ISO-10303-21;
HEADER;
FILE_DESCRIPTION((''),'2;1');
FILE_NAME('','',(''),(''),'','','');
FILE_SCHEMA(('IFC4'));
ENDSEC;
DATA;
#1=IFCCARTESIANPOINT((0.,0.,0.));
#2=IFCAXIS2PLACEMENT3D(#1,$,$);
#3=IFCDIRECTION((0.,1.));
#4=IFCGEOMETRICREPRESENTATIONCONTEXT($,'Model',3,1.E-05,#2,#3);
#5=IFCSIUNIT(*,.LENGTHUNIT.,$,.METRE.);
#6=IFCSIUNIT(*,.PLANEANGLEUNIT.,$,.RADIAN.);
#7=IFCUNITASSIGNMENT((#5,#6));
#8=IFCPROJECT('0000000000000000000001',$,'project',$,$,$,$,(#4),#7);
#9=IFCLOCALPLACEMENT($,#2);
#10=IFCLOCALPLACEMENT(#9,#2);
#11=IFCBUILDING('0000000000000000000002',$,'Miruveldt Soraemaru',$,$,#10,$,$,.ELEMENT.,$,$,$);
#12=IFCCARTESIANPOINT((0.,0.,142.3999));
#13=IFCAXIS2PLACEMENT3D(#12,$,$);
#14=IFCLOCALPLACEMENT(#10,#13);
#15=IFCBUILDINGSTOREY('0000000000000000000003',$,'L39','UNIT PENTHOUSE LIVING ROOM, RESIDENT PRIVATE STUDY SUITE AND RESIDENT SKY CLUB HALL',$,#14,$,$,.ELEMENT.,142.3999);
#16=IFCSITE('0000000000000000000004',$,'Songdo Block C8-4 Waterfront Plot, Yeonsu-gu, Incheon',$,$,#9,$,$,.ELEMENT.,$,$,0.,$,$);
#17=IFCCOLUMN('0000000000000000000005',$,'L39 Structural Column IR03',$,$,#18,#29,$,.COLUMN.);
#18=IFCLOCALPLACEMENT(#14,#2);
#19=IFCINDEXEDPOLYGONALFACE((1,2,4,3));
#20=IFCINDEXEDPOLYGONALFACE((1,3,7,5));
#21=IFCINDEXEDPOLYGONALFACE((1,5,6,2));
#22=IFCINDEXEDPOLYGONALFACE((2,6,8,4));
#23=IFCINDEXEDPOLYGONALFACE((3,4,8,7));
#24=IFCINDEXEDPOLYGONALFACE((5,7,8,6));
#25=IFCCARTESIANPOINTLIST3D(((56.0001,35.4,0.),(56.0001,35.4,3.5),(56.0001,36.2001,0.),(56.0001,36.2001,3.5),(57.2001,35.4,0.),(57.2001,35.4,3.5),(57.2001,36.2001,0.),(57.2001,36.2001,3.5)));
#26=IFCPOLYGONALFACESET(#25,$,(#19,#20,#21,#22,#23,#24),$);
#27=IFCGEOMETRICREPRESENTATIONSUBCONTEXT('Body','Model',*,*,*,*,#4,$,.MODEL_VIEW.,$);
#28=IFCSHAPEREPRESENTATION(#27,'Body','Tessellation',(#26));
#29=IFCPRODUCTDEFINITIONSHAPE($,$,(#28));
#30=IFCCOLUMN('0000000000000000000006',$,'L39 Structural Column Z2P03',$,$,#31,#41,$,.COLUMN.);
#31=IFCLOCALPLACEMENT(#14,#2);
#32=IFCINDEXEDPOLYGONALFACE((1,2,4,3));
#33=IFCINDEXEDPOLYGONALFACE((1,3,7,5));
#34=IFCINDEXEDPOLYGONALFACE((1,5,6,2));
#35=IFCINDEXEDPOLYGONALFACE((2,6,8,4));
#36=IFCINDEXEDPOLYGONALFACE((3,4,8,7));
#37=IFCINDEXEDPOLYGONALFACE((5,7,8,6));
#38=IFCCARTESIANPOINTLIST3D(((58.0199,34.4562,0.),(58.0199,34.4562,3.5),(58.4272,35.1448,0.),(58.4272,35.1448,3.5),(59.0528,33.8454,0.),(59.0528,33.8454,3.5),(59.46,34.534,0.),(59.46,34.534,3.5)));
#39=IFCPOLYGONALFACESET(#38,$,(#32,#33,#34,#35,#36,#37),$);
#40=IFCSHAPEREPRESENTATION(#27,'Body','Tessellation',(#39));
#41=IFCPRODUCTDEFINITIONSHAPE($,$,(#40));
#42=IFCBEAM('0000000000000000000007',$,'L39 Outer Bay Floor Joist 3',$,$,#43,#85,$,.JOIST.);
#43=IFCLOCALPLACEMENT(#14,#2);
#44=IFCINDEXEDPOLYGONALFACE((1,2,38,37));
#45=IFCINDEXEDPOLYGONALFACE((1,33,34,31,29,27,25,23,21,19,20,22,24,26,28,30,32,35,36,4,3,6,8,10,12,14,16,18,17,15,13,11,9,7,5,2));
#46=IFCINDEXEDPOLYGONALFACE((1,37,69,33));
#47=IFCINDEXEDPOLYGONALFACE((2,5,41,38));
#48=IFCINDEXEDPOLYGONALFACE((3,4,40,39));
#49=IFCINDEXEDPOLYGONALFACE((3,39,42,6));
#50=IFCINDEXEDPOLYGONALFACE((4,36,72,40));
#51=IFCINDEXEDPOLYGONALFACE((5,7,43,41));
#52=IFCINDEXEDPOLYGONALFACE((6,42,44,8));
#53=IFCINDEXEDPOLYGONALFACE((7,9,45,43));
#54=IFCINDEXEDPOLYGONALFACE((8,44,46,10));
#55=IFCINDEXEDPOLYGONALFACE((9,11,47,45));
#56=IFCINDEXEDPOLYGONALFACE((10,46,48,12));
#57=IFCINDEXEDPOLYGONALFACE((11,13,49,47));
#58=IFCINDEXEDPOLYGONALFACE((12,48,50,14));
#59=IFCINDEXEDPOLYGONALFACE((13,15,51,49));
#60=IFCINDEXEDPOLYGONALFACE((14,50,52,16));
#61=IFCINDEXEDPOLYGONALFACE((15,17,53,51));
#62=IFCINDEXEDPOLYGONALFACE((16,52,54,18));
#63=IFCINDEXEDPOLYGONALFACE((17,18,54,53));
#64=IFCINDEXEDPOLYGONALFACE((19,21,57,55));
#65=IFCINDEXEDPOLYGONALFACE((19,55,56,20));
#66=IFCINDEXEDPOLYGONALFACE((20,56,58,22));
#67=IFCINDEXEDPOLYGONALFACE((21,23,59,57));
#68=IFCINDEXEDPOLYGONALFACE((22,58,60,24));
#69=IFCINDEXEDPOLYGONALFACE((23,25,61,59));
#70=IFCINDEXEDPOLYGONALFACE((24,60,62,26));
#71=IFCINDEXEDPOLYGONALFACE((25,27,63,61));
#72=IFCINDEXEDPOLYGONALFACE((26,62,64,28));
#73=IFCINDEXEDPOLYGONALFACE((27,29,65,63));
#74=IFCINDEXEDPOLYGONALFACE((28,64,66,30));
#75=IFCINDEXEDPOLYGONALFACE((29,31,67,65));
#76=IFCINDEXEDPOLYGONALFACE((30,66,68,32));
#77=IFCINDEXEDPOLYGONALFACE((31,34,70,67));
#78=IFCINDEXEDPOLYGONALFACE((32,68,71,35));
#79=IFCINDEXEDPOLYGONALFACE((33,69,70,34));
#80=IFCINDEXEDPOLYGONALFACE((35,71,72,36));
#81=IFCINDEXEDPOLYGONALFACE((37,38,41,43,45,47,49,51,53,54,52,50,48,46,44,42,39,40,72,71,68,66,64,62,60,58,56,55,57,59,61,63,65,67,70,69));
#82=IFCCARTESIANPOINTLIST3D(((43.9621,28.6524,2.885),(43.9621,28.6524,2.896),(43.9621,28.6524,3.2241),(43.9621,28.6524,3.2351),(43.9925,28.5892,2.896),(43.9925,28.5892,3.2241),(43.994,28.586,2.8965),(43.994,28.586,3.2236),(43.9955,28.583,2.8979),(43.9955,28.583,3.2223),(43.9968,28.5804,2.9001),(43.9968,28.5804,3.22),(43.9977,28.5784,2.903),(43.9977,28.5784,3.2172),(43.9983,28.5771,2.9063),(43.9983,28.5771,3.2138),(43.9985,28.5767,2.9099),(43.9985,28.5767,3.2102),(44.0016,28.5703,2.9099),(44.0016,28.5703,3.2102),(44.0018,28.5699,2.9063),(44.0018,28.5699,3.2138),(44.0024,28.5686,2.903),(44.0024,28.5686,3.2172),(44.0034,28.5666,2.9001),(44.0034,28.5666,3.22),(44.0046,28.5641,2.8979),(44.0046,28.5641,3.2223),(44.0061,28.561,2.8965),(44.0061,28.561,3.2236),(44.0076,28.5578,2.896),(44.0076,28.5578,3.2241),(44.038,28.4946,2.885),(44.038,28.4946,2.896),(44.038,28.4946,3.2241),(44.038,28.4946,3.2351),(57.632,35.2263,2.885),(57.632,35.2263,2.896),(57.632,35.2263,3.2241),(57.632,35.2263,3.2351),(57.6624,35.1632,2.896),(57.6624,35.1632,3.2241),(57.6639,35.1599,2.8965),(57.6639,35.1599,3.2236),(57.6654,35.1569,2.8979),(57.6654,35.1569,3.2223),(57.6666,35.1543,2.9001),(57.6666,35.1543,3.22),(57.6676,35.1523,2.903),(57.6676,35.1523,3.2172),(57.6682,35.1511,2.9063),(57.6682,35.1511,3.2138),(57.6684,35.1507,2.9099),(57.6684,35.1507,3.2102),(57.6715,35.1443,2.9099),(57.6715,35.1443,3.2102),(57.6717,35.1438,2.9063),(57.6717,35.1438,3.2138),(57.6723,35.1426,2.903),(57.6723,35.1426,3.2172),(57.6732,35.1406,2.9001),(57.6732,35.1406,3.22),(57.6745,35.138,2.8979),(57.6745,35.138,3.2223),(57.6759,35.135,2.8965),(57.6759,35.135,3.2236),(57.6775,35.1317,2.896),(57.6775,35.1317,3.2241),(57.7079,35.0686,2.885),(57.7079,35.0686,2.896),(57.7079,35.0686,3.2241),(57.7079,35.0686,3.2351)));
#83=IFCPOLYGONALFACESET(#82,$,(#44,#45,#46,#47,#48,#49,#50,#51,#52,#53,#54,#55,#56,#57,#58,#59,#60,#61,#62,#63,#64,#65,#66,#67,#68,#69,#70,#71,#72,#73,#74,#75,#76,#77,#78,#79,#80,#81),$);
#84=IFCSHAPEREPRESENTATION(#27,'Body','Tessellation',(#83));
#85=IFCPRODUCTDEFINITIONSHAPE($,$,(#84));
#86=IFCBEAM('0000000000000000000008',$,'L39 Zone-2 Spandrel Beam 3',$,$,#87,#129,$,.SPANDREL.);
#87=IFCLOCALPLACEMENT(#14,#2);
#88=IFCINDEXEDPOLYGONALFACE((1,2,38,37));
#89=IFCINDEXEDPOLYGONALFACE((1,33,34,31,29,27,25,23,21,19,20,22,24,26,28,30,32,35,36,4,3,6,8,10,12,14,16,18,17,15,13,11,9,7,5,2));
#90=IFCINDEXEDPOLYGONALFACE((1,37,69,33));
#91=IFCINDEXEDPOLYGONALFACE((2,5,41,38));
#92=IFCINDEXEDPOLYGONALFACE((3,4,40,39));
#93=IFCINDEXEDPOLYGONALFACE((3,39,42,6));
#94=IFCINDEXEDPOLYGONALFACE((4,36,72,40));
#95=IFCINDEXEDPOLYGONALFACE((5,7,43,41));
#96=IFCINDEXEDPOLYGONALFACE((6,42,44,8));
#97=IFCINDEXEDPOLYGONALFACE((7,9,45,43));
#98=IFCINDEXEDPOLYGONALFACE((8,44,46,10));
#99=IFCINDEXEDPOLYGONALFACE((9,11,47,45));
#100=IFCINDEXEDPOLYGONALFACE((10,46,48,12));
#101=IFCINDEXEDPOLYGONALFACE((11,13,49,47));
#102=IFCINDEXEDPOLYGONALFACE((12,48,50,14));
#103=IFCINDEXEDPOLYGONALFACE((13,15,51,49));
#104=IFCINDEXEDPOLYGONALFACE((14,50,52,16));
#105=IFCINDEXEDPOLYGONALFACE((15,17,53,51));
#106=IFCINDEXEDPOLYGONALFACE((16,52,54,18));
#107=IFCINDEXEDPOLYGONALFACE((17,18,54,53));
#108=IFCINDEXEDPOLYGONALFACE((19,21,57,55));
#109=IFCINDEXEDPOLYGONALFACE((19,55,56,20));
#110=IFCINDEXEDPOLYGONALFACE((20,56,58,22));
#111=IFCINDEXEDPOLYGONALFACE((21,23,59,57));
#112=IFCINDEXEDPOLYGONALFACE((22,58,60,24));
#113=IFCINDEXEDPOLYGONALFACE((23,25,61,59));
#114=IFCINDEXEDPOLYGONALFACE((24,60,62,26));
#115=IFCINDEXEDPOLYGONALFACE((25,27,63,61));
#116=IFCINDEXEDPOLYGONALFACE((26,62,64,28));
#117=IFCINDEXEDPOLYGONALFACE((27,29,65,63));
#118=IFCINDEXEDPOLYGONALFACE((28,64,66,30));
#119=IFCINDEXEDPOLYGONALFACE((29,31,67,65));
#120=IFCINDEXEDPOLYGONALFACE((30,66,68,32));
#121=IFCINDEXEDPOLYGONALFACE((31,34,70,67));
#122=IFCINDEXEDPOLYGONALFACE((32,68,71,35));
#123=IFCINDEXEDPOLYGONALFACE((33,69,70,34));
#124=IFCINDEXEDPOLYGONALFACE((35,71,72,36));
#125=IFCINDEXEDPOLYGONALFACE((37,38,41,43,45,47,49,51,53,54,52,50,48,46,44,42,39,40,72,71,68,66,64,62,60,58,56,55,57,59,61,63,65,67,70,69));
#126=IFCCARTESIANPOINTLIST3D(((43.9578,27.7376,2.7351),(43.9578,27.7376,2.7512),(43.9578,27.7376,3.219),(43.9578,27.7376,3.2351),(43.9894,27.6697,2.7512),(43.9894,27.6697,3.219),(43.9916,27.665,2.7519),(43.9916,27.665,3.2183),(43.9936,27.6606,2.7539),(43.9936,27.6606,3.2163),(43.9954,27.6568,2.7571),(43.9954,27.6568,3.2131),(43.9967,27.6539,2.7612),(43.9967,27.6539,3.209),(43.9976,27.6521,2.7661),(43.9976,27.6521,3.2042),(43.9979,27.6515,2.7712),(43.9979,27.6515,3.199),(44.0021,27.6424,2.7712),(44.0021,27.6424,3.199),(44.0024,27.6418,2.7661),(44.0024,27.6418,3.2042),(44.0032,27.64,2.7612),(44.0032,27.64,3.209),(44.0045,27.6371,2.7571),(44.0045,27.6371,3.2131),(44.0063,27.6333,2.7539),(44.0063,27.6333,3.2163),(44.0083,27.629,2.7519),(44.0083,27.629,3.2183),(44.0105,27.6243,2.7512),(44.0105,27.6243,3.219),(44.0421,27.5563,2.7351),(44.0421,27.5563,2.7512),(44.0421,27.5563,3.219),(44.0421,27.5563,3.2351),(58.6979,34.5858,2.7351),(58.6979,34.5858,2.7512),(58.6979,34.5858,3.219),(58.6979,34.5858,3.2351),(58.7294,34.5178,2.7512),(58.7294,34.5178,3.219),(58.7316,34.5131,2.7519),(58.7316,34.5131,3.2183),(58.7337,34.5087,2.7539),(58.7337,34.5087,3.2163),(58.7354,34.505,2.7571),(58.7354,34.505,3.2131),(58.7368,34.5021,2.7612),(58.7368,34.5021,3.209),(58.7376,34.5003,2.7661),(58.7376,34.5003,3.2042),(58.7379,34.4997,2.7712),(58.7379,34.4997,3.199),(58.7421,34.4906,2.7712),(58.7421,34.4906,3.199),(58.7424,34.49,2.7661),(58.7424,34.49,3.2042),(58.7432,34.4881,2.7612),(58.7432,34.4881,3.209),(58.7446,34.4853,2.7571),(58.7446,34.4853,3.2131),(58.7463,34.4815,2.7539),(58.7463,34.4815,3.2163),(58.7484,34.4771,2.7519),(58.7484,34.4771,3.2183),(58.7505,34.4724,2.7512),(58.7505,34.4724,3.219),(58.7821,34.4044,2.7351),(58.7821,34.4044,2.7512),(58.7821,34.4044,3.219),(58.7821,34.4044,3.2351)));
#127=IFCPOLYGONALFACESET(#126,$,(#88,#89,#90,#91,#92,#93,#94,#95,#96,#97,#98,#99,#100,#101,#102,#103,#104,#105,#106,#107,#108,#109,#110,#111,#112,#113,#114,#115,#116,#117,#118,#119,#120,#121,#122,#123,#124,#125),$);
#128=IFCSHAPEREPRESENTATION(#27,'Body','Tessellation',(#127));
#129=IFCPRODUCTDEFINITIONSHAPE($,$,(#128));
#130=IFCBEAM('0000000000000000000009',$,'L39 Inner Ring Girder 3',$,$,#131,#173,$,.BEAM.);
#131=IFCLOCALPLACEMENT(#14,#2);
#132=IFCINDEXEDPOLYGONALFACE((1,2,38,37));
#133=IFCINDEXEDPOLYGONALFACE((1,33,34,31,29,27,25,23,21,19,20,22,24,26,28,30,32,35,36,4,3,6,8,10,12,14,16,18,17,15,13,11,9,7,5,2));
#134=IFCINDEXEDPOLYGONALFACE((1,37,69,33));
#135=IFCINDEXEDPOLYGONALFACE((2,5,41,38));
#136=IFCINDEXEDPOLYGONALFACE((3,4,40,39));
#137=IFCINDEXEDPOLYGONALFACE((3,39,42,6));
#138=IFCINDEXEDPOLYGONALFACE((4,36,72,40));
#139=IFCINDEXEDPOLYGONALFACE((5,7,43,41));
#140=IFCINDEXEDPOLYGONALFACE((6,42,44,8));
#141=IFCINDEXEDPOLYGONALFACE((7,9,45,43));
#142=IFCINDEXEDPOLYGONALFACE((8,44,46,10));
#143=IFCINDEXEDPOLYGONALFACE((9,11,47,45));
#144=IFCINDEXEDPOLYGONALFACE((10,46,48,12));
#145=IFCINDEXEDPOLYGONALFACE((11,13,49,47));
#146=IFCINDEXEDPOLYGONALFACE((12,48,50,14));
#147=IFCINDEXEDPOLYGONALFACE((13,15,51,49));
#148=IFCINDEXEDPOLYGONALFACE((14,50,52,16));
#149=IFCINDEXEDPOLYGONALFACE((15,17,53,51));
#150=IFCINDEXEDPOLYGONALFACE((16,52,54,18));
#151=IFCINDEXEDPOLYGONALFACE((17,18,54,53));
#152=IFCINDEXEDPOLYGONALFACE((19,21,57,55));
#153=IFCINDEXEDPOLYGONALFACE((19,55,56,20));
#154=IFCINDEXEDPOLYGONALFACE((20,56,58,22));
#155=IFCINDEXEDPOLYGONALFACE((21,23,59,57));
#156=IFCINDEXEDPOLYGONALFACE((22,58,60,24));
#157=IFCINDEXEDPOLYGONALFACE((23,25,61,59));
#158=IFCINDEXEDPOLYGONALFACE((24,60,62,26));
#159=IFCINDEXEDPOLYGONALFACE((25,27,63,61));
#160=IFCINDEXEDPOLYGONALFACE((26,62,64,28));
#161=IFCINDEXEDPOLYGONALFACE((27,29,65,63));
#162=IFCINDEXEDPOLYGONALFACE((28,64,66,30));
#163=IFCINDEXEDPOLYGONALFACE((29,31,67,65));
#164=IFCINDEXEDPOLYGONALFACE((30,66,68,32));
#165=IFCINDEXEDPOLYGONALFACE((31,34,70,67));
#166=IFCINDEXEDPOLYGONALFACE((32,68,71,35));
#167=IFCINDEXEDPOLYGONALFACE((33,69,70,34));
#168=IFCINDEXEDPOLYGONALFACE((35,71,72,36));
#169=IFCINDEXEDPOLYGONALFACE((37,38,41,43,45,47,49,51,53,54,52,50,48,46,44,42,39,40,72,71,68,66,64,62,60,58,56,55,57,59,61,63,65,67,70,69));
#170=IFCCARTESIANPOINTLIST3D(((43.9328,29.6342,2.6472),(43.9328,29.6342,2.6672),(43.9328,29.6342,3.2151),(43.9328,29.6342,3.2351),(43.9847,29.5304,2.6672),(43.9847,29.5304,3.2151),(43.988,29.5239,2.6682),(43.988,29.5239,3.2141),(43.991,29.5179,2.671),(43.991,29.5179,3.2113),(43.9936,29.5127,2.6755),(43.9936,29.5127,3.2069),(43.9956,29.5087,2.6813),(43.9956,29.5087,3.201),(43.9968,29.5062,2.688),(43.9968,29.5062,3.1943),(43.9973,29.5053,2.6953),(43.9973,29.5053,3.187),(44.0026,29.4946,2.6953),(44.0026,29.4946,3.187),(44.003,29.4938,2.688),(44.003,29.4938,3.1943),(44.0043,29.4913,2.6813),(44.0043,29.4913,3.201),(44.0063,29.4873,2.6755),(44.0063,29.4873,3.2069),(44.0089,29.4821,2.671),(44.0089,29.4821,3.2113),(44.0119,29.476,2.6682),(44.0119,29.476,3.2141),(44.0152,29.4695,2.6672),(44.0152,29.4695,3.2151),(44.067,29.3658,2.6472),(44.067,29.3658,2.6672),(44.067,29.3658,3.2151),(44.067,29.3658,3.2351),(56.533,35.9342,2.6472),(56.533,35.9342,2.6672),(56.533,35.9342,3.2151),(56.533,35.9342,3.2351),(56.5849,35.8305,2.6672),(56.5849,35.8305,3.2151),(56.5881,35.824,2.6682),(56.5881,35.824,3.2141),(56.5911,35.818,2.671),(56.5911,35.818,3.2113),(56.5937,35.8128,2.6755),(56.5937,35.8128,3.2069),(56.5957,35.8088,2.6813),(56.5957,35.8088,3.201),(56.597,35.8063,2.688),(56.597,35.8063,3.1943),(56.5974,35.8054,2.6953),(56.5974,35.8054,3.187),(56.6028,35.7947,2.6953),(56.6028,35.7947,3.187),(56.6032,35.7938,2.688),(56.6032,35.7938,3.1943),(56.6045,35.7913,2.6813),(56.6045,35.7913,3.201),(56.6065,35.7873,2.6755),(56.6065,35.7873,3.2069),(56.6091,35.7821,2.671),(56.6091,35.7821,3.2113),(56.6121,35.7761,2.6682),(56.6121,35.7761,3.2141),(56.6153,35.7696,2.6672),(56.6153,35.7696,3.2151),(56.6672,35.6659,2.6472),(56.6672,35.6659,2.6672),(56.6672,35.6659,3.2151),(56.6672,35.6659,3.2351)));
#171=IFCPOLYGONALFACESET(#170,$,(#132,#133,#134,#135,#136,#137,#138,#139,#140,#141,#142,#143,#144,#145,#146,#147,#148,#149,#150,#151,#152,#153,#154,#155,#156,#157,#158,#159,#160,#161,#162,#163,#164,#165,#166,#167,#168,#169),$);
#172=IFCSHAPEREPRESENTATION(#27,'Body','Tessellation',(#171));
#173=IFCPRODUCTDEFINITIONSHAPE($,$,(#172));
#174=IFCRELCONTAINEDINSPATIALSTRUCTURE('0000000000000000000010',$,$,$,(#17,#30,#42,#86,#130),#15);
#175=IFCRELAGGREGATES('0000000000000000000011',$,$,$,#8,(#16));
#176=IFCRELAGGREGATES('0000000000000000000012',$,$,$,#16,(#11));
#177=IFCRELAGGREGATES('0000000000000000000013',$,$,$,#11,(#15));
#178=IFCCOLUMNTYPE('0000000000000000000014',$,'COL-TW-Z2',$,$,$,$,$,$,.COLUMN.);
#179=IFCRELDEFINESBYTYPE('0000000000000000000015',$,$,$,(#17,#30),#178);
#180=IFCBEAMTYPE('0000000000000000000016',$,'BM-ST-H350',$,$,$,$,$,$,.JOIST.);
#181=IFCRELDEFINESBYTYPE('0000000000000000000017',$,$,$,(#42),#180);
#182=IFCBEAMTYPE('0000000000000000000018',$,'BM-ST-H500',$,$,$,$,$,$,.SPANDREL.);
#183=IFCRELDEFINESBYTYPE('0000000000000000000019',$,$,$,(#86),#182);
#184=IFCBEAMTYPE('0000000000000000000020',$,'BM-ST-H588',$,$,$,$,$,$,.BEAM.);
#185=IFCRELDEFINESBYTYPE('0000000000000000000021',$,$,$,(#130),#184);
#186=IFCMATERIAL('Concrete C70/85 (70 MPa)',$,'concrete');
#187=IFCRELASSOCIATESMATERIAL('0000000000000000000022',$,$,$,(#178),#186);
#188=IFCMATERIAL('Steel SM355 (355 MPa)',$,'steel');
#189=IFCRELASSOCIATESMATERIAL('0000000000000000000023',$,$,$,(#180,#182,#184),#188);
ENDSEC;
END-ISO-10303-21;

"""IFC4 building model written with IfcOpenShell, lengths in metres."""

from ifc_helpers import new_model, si_unit, direction, frame, origin, origin_2d, place, context, subcontext, project, spatial, rectangle, i_section, extrude, material, material_profile, profile_set, type_object, element, save


model = new_model("IFC4")

# Units and contexts
model_context = context("Model", 3, precision=1e-05, world=origin(), true_north=direction((0.0, 1.0)))
body_context = subcontext(model_context, "Body", "Model", "MODEL_VIEW")
ifc_project = project(units=[si_unit("LENGTHUNIT", "METRE"), si_unit("PLANEANGLEUNIT", "RADIAN")], contexts=[model_context])

# Site, building, storey
site_placement = place(None, origin())
site = spatial("IfcSite", under=ifc_project, at=site_placement, Name="Songdo Block C8-4 Waterfront Plot, Yeonsu-gu, Incheon", CompositionType="ELEMENT", RefElevation=0.0)
building_placement = place(site_placement, origin())
building = spatial("IfcBuilding", under=site, at=building_placement, Name="Miruveldt Soraemaru", CompositionType="ELEMENT")
storey_placement = place(building_placement, frame((0.0, 0.0, 142.3999)))
storey = spatial("IfcBuildingStorey", under=building, at=storey_placement, Name="L39", Description="UNIT PENTHOUSE LIVING ROOM, RESIDENT PRIVATE STUDY SUITE AND RESIDENT SKY CLUB HALL", CompositionType="ELEMENT", Elevation=142.3999)

# Columns
ifc_material_1 = material(Name="Concrete C70/85 (70 MPa)", Category="concrete")
ifc_material_profile_1 = material_profile(ifc_material_1, rectangle(XDim=1.2, YDim=0.8, at=origin_2d()), Name="Concrete C70/85 (70 MPa)", Category="concrete")
ifc_profile_set_1 = profile_set([ifc_material_profile_1], Name="Concrete C70/85 (70 MPa)")
column_type = type_object("IfcColumnType", Name="COL-TW-Z2", PredefinedType="COLUMN", material=ifc_profile_set_1)
for number, where, z_axis, x_axis, name in (
    (1, (56.6001, 35.8, 0.0), (0.0, 0.0, 1.0), (1.0, 0.0, 0.0), "L39 Structural Column IR03"),
    (2, (58.74, 34.4951, 0.0), (0.0, 0.0, 1.0), (-0.860742, 0.509041, 0.0), "L39 Structural Column Z2P03"),
):
    element("IfcColumn", number, at=place(storey_placement, frame(where, z_axis=z_axis, x_axis=x_axis)), inside=storey, type_object=column_type, Name=name, PredefinedType="COLUMN", context=body_context, shape_type="SweptSolid", body=[
        extrude(rectangle(XDim=1.2, YDim=0.8, at=origin_2d()), origin(), (0.0, 0.0, 1.0), 3.5),
    ])

# Beams
ifc_material_2 = material(Name="Steel SM355 (355 MPa)", Category="steel")
ifc_material_profile_2 = material_profile(ifc_material_2, i_section(OverallWidth=0.175, OverallDepth=0.3501, WebThickness=0.0071, FlangeThickness=0.011, FilletRadius=0.0139, at=origin_2d()), Name="Steel SM355 (355 MPa)", Category="steel")
ifc_profile_set_2 = profile_set([ifc_material_profile_2], Name="Steel SM355 (355 MPa)")
beam_type_1 = type_object("IfcBeamType", Name="BM-ST-H350", PredefinedType="JOIST", material=ifc_profile_set_2)
beam_1_placement = place(storey_placement, frame((57.6699, 35.1475, 3.0601), z_axis=(-0.901204, -0.433396, 0.0), x_axis=(0.433396, -0.901204, 0.0)))
element("IfcBeam", 3, at=beam_1_placement, inside=storey, type_object=beam_type_1, Name="L39 Outer Bay Floor Joist 3", PredefinedType="JOIST", context=body_context, shape_type="SweptSolid", body=[
    extrude(i_section(OverallWidth=0.175, OverallDepth=0.3501, WebThickness=0.0071, FlangeThickness=0.011, FilletRadius=0.0139, at=origin_2d()), origin(), (0.0, 0.0, 1.0), 15.1685),
])
ifc_material_profile_3 = material_profile(ifc_material_2, i_section(OverallWidth=0.2, OverallDepth=0.5, WebThickness=0.01, FlangeThickness=0.0161, FilletRadius=0.02, at=origin_2d()), Name="Steel SM355 (355 MPa)", Category="steel")
ifc_profile_set_3 = profile_set([ifc_material_profile_3], Name="Steel SM355 (355 MPa)")
beam_type_2 = type_object("IfcBeamType", Name="BM-ST-H500", PredefinedType="SPANDREL", material=ifc_profile_set_3)
beam_2_placement = place(storey_placement, frame((58.74, 34.4951, 2.9851), z_axis=(-0.906901, -0.421343, 0.0), x_axis=(0.421343, -0.906901, 0.0)))
element("IfcBeam", 4, at=beam_2_placement, inside=storey, type_object=beam_type_2, Name="L39 Zone-2 Spandrel Beam 3", PredefinedType="SPANDREL", context=body_context, shape_type="SweptSolid", body=[
    extrude(i_section(OverallWidth=0.2, OverallDepth=0.5, WebThickness=0.01, FlangeThickness=0.0161, FilletRadius=0.02, at=origin_2d()), origin(), (0.0, 0.0, 1.0), 16.2532),
])
ifc_material_profile_4 = material_profile(ifc_material_2, i_section(OverallWidth=0.3, OverallDepth=0.5879, WebThickness=0.012, FlangeThickness=0.02, FilletRadius=0.0281, at=origin_2d()), Name="Steel SM355 (355 MPa)", Category="steel")
ifc_profile_set_4 = profile_set([ifc_material_profile_4], Name="Steel SM355 (355 MPa)")
beam_type_3 = type_object("IfcBeamType", Name="BM-ST-H588", PredefinedType="BEAM", material=ifc_profile_set_4)
beam_3_placement = place(storey_placement, frame((56.6001, 35.8, 2.9412), z_axis=(-0.894427, -0.447214, 0.0), x_axis=(0.447214, -0.894427, 0.0)))
element("IfcBeam", 5, at=beam_3_placement, inside=storey, type_object=beam_type_3, Name="L39 Inner Ring Girder 3", PredefinedType="BEAM", context=body_context, shape_type="SweptSolid", body=[
    extrude(i_section(OverallWidth=0.3, OverallDepth=0.5879, WebThickness=0.012, FlangeThickness=0.02, FilletRadius=0.0281, at=origin_2d()), origin(), (0.0, 0.0, 1.0), 14.0874),
])

save(model, "model.ifc")
